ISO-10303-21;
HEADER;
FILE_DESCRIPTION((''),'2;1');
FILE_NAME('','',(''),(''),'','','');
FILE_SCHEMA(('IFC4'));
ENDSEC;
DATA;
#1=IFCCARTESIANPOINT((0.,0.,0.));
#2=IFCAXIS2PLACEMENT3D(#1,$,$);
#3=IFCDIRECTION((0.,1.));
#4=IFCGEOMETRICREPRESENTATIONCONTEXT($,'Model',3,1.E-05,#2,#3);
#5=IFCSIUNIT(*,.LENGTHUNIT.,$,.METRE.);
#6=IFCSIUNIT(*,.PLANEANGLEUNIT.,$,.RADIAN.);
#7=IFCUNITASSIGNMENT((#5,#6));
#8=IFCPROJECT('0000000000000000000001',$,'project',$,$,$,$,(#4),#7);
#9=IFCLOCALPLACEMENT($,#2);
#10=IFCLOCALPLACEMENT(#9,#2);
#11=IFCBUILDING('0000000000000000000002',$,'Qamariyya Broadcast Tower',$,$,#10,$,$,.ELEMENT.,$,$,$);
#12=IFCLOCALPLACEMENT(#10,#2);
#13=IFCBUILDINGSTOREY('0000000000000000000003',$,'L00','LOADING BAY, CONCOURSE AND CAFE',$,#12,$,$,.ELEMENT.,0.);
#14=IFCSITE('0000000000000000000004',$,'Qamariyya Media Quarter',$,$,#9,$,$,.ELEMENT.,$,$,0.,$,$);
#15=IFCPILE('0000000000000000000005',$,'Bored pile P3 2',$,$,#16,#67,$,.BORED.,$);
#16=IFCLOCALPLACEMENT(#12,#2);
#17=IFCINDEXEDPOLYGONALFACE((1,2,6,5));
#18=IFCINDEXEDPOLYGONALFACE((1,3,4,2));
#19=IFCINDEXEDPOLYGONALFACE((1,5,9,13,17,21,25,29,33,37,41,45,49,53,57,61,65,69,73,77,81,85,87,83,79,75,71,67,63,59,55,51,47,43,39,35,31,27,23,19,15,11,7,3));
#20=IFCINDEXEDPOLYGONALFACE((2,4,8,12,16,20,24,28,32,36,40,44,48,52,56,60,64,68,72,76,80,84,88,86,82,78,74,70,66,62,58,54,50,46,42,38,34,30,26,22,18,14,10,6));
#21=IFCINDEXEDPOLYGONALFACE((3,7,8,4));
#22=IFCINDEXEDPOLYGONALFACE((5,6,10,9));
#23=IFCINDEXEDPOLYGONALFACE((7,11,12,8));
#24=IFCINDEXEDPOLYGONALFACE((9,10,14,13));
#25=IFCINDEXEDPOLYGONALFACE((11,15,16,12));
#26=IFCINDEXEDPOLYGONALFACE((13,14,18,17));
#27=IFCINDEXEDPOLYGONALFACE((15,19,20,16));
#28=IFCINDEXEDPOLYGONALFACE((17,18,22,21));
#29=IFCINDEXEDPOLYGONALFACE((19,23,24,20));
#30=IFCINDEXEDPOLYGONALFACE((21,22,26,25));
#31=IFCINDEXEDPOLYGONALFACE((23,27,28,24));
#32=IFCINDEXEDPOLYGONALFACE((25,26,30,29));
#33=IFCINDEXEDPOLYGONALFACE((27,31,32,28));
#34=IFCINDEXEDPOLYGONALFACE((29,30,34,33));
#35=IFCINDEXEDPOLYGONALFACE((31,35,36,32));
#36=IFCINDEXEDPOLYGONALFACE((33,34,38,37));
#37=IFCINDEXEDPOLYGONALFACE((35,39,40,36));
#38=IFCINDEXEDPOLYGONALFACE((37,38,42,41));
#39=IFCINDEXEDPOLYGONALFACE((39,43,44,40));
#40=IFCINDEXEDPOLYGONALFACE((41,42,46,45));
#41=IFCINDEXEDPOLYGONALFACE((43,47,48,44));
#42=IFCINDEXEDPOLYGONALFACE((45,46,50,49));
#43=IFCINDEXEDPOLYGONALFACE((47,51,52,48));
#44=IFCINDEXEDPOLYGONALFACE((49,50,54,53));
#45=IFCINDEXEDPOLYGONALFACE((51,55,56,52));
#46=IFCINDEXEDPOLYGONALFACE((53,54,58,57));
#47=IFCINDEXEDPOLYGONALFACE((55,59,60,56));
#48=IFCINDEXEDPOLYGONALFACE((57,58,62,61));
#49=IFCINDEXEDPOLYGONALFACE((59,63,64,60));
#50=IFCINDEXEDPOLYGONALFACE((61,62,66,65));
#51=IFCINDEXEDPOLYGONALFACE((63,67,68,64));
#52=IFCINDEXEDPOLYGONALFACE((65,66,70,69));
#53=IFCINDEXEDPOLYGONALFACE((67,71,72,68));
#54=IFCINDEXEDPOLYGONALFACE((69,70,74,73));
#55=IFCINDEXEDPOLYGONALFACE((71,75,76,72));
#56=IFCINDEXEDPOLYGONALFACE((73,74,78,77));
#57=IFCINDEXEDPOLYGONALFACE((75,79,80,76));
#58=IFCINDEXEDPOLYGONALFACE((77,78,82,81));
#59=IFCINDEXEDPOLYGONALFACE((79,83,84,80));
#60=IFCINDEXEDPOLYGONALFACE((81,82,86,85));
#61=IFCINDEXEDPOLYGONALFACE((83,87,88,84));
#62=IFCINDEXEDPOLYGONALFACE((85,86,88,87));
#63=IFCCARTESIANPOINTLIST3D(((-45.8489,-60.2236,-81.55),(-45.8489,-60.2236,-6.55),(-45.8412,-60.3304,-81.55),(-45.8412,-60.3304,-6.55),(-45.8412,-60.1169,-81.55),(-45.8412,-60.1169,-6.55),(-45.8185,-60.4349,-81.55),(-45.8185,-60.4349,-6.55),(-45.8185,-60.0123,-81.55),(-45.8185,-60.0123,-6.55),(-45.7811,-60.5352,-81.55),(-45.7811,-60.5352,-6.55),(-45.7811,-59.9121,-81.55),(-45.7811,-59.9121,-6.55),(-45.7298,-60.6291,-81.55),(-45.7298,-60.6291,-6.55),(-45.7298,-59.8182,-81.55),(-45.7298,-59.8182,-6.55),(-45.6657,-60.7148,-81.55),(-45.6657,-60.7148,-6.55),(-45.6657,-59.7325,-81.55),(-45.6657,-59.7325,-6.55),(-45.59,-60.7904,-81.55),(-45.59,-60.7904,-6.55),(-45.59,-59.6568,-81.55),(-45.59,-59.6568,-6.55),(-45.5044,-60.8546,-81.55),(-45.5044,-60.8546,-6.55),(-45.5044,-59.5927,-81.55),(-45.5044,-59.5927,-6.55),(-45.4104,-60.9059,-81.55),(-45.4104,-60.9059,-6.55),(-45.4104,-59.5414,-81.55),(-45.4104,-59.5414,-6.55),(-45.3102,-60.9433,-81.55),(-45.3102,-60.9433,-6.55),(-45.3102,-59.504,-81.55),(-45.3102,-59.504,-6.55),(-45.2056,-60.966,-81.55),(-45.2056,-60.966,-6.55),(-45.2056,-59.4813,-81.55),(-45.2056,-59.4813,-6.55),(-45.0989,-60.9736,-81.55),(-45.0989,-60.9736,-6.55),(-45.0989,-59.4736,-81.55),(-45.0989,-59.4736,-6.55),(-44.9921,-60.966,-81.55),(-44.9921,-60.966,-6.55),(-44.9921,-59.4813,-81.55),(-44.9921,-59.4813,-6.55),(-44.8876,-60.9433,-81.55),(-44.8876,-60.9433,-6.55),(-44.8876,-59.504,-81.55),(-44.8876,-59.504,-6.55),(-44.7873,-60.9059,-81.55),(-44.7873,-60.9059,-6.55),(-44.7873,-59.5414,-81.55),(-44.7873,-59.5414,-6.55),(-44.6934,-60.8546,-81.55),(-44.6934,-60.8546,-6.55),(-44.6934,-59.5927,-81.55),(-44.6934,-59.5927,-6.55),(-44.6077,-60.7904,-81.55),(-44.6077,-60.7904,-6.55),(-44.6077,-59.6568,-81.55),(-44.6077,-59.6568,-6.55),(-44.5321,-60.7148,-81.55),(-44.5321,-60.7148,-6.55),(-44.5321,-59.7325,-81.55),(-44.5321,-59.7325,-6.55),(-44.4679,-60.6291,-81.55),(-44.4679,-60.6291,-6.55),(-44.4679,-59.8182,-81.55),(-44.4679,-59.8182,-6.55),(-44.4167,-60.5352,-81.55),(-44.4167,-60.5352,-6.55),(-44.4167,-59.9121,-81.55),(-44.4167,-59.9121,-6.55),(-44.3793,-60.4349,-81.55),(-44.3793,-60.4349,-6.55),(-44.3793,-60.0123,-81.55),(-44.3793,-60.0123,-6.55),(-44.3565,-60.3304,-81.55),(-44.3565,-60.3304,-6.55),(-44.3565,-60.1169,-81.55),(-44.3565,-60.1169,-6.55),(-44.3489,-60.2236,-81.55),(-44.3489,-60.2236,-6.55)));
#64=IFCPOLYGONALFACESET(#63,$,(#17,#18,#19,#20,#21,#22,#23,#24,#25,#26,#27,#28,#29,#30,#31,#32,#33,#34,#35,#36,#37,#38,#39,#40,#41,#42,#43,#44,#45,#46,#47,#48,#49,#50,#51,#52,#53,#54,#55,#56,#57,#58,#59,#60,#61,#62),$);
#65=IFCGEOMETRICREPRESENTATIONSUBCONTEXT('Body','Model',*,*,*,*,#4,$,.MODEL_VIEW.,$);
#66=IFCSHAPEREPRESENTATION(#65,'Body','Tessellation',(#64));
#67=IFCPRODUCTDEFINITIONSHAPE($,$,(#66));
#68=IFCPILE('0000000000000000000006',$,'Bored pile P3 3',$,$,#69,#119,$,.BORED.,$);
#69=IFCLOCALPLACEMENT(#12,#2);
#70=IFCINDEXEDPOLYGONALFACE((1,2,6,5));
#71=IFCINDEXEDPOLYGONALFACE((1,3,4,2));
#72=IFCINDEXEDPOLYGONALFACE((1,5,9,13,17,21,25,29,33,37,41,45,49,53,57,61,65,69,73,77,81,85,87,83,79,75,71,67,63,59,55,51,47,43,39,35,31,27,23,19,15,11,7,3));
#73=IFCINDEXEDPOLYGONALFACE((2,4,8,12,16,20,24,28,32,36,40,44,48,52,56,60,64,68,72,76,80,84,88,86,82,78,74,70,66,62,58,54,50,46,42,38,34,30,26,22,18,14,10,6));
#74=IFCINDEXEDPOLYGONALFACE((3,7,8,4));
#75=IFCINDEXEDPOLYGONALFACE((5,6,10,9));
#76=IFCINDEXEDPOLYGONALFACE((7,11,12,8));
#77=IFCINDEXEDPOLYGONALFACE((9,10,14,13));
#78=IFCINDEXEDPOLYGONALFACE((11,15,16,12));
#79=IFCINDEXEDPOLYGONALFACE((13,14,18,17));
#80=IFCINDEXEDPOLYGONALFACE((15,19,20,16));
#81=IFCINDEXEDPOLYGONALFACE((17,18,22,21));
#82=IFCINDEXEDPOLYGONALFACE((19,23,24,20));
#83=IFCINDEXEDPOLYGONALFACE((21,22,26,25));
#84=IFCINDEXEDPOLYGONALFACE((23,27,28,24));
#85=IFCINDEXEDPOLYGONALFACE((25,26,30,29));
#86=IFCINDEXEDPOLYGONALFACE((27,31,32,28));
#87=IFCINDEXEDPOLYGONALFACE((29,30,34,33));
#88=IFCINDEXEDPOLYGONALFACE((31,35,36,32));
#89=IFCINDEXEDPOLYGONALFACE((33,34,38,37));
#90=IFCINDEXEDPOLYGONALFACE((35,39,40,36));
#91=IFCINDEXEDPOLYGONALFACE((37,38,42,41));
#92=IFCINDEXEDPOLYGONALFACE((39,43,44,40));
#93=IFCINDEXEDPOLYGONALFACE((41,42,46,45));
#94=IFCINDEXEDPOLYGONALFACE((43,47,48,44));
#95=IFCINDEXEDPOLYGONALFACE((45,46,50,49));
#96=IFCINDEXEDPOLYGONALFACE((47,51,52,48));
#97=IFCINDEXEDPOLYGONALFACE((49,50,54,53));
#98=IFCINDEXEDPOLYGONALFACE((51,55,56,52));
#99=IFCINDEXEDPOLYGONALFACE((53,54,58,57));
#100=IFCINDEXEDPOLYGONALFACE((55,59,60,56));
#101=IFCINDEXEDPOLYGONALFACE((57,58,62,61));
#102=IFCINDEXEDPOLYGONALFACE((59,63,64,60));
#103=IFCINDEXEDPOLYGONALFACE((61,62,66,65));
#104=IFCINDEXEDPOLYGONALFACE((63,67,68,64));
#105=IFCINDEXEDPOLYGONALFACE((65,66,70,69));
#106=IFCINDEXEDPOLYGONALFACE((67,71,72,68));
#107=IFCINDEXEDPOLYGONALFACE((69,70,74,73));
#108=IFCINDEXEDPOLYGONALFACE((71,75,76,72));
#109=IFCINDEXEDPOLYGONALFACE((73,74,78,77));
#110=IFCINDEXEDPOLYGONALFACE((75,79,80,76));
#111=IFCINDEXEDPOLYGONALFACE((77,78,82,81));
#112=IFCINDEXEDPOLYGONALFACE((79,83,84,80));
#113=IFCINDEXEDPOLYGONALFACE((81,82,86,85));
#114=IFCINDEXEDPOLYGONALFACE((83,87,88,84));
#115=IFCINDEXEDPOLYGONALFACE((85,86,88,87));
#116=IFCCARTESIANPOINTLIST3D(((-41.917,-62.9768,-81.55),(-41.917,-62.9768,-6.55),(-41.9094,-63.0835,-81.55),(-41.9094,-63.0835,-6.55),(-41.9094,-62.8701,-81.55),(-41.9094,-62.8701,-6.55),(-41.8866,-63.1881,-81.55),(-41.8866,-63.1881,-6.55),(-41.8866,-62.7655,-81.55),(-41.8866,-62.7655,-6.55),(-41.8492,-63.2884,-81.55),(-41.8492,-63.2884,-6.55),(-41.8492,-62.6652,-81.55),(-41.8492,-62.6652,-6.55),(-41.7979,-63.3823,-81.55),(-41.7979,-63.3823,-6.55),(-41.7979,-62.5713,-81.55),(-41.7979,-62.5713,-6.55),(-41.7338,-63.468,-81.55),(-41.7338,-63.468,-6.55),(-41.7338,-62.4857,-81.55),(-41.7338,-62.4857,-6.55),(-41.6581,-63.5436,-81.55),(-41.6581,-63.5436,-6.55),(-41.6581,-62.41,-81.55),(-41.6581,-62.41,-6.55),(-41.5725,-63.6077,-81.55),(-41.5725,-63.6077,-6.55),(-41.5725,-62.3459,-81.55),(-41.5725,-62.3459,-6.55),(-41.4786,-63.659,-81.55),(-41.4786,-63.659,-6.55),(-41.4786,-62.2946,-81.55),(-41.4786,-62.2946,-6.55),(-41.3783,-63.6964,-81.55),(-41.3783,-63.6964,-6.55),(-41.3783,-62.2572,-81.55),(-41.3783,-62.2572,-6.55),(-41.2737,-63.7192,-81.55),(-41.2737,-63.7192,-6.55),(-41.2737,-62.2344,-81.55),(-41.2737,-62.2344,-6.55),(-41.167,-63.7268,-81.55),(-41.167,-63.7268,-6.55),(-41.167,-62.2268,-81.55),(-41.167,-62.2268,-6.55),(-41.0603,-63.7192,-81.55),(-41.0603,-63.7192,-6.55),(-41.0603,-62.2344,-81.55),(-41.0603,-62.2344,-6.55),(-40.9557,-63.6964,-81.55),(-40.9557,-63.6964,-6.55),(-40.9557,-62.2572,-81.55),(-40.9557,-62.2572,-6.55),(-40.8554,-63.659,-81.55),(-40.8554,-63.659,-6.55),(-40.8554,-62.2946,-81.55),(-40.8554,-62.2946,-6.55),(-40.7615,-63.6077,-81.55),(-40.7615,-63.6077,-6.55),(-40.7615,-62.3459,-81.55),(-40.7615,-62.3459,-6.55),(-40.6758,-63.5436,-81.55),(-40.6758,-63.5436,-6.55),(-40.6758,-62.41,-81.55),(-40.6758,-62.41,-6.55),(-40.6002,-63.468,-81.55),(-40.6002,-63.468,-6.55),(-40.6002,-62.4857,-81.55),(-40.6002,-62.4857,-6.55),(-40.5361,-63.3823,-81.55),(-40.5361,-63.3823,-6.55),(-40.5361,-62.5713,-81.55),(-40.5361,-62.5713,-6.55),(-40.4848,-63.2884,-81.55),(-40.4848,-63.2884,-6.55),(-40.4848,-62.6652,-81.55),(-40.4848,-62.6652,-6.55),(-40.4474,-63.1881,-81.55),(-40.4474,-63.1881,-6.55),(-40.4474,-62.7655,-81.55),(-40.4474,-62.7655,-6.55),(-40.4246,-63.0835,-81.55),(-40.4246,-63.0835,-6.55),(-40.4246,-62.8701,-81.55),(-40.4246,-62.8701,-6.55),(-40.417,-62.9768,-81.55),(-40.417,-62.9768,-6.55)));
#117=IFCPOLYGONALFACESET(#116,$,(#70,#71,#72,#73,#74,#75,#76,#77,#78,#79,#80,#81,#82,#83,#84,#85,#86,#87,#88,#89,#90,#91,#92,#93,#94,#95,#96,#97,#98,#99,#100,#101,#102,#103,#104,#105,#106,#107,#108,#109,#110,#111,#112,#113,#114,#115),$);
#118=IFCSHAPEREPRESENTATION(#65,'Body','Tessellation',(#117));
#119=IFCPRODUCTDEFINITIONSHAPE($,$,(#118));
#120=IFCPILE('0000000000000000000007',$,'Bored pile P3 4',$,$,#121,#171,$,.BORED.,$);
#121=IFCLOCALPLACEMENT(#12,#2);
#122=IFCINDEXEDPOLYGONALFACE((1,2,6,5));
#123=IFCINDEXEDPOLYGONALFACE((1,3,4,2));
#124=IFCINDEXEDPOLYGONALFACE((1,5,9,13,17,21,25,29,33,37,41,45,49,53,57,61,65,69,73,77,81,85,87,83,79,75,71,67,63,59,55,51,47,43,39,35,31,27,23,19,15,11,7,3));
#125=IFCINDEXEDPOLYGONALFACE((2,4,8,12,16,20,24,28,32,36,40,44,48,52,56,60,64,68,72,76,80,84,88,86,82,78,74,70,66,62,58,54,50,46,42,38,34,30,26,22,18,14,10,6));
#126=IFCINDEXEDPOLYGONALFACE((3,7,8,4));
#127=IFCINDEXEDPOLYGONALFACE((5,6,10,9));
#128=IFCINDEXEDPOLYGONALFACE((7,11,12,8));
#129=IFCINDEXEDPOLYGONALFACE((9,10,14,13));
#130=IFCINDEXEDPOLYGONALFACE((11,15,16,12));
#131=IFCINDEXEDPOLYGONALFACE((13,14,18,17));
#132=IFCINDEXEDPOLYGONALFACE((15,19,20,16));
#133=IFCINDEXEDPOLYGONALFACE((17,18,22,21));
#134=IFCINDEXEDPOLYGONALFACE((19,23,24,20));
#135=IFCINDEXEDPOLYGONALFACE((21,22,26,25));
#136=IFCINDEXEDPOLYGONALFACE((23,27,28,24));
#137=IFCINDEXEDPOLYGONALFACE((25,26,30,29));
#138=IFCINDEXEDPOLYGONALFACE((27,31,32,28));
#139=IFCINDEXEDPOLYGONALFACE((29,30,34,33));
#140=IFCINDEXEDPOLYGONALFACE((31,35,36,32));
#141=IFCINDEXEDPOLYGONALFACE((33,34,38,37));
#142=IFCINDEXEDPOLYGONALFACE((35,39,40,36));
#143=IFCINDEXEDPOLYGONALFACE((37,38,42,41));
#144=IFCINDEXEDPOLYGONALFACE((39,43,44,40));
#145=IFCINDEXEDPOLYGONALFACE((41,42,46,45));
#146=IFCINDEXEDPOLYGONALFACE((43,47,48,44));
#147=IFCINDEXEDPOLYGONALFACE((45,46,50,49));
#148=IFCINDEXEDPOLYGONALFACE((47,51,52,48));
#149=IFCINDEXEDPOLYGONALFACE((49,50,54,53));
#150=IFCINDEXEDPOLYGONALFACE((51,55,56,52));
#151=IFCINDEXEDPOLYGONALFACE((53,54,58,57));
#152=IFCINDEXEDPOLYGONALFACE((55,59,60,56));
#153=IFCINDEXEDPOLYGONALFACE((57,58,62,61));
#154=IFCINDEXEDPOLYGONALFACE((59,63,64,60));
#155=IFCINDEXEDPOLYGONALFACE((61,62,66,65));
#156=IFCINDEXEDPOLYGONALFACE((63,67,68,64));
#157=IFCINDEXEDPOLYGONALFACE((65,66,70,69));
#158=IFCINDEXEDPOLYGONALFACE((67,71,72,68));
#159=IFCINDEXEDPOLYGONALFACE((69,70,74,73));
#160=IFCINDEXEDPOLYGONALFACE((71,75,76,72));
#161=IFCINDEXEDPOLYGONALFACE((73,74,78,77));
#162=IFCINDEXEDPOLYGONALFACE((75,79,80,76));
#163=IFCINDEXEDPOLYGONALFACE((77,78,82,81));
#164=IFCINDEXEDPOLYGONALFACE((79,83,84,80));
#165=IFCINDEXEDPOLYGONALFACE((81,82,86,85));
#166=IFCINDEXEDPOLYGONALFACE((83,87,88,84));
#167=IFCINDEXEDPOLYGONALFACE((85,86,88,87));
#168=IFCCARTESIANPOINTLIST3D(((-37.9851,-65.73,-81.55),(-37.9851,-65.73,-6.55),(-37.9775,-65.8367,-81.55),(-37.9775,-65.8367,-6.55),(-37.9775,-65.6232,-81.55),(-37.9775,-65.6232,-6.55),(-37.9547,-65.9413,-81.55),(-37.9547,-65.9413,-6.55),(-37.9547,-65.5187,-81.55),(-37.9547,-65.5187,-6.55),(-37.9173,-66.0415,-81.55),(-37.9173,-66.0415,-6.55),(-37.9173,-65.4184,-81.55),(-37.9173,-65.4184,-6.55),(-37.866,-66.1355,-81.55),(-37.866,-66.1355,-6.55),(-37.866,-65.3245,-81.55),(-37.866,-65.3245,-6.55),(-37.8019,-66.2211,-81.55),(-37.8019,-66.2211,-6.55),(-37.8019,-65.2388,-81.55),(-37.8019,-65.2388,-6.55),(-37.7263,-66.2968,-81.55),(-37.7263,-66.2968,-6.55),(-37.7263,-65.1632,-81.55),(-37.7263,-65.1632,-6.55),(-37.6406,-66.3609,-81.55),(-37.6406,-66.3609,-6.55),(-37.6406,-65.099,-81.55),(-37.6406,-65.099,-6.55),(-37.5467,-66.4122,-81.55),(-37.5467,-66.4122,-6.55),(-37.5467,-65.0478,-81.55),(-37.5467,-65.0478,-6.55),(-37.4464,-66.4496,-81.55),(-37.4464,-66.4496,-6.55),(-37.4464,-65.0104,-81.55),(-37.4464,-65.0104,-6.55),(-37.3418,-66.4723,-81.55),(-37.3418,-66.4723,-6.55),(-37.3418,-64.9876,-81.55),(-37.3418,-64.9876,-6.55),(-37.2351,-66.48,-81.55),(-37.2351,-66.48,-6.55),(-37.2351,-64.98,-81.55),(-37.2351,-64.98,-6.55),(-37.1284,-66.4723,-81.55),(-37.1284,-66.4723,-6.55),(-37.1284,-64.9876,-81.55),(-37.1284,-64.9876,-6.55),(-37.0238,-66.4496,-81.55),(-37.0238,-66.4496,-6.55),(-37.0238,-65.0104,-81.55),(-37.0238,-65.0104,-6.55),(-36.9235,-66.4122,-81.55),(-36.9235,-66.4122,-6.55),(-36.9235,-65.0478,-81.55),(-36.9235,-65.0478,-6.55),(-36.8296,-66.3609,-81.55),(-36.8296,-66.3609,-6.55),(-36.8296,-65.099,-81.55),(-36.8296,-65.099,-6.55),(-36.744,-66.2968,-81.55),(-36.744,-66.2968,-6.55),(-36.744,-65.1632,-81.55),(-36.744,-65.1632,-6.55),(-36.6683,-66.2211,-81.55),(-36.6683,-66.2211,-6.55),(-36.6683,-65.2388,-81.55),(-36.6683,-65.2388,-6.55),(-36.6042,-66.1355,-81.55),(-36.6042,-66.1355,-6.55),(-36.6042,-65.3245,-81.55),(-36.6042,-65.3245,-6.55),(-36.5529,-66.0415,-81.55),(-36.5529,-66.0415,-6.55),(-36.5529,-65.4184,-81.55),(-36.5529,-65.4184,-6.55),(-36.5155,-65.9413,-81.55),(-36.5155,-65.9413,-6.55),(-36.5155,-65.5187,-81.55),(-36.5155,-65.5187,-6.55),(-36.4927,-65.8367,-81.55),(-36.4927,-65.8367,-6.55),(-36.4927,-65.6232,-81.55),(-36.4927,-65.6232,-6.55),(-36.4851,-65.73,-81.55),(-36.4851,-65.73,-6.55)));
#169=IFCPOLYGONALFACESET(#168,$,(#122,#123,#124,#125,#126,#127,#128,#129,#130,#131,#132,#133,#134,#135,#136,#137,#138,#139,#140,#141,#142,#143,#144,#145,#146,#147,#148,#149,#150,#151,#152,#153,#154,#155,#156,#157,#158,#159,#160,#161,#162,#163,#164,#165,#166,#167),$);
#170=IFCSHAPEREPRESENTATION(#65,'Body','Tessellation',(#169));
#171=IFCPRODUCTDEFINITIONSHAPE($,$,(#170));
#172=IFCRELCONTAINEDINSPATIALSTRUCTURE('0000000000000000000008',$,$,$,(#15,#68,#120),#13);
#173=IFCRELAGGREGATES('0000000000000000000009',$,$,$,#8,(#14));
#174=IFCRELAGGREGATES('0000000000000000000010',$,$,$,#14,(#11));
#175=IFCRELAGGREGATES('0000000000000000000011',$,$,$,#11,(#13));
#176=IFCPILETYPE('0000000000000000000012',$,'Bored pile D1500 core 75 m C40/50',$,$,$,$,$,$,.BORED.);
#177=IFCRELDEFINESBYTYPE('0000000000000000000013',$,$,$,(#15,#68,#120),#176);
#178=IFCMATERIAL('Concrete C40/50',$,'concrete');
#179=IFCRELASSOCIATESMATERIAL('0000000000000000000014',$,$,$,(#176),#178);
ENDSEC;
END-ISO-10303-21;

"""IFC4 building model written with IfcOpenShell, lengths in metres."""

from ifc_helpers import new_model, si_unit, direction, frame, origin, origin_2d, place, context, subcontext, project, spatial, circle, extrude, material, material_profile, profile_set, type_object, element, save


model = new_model("IFC4")

# Units and contexts
model_context = context("Model", 3, precision=1e-05, world=origin(), true_north=direction((0.0, 1.0)))
body_context = subcontext(model_context, "Body", "Model", "MODEL_VIEW")
ifc_project = project(units=[si_unit("LENGTHUNIT", "METRE"), si_unit("PLANEANGLEUNIT", "RADIAN")], contexts=[model_context])

# Site, building, storey
site_placement = place(None, origin())
site = spatial("IfcSite", under=ifc_project, at=site_placement, Name="Qamariyya Media Quarter", CompositionType="ELEMENT", RefElevation=0.0)
building_placement = place(site_placement, origin())
building = spatial("IfcBuilding", under=site, at=building_placement, Name="Qamariyya Broadcast Tower", CompositionType="ELEMENT")
storey_placement = place(building_placement, origin())
storey = spatial("IfcBuildingStorey", under=building, at=storey_placement, Name="L00", Description="LOADING BAY, CONCOURSE AND CAFE", CompositionType="ELEMENT", Elevation=0.0)

# Piles
ifc_material_1 = material(Name="Concrete C40/50", Category="concrete")
ifc_material_profile_1 = material_profile(ifc_material_1, circle(Radius=0.75, at=origin_2d()))
ifc_profile_set_1 = profile_set([ifc_material_profile_1], Name="Concrete C40/50")
pile_type_1 = type_object("IfcPileType", Name="Bored pile D1500 core 75 m C40/50", PredefinedType="BORED", material=ifc_profile_set_1)
for number, where, z_axis, x_axis, name in (
    (1, (-45.0989, -60.2236, -6.55), (0.0, 0.0, -1.0), (1.0, 0.0, 0.0), "Bored pile P3 2"),
    (2, (-41.167, -62.9768, -6.55), (0.0, 0.0, -1.0), (1.0, 0.0, 0.0), "Bored pile P3 3"),
    (3, (-37.2351, -65.73, -6.55), (0.0, 0.0, -1.0), (1.0, 0.0, 0.0), "Bored pile P3 4"),
):
    element("IfcPile", number, at=place(storey_placement, frame(where, z_axis=z_axis, x_axis=x_axis)), inside=storey, type_object=pile_type_1, Name=name, PredefinedType="BORED", context=body_context, shape_type="SweptSolid", body=[
        extrude(circle(Radius=0.75, at=origin_2d()), origin(), (0.0, 0.0, 1.0), 75.0),
    ])

save(model, "model.ifc")
